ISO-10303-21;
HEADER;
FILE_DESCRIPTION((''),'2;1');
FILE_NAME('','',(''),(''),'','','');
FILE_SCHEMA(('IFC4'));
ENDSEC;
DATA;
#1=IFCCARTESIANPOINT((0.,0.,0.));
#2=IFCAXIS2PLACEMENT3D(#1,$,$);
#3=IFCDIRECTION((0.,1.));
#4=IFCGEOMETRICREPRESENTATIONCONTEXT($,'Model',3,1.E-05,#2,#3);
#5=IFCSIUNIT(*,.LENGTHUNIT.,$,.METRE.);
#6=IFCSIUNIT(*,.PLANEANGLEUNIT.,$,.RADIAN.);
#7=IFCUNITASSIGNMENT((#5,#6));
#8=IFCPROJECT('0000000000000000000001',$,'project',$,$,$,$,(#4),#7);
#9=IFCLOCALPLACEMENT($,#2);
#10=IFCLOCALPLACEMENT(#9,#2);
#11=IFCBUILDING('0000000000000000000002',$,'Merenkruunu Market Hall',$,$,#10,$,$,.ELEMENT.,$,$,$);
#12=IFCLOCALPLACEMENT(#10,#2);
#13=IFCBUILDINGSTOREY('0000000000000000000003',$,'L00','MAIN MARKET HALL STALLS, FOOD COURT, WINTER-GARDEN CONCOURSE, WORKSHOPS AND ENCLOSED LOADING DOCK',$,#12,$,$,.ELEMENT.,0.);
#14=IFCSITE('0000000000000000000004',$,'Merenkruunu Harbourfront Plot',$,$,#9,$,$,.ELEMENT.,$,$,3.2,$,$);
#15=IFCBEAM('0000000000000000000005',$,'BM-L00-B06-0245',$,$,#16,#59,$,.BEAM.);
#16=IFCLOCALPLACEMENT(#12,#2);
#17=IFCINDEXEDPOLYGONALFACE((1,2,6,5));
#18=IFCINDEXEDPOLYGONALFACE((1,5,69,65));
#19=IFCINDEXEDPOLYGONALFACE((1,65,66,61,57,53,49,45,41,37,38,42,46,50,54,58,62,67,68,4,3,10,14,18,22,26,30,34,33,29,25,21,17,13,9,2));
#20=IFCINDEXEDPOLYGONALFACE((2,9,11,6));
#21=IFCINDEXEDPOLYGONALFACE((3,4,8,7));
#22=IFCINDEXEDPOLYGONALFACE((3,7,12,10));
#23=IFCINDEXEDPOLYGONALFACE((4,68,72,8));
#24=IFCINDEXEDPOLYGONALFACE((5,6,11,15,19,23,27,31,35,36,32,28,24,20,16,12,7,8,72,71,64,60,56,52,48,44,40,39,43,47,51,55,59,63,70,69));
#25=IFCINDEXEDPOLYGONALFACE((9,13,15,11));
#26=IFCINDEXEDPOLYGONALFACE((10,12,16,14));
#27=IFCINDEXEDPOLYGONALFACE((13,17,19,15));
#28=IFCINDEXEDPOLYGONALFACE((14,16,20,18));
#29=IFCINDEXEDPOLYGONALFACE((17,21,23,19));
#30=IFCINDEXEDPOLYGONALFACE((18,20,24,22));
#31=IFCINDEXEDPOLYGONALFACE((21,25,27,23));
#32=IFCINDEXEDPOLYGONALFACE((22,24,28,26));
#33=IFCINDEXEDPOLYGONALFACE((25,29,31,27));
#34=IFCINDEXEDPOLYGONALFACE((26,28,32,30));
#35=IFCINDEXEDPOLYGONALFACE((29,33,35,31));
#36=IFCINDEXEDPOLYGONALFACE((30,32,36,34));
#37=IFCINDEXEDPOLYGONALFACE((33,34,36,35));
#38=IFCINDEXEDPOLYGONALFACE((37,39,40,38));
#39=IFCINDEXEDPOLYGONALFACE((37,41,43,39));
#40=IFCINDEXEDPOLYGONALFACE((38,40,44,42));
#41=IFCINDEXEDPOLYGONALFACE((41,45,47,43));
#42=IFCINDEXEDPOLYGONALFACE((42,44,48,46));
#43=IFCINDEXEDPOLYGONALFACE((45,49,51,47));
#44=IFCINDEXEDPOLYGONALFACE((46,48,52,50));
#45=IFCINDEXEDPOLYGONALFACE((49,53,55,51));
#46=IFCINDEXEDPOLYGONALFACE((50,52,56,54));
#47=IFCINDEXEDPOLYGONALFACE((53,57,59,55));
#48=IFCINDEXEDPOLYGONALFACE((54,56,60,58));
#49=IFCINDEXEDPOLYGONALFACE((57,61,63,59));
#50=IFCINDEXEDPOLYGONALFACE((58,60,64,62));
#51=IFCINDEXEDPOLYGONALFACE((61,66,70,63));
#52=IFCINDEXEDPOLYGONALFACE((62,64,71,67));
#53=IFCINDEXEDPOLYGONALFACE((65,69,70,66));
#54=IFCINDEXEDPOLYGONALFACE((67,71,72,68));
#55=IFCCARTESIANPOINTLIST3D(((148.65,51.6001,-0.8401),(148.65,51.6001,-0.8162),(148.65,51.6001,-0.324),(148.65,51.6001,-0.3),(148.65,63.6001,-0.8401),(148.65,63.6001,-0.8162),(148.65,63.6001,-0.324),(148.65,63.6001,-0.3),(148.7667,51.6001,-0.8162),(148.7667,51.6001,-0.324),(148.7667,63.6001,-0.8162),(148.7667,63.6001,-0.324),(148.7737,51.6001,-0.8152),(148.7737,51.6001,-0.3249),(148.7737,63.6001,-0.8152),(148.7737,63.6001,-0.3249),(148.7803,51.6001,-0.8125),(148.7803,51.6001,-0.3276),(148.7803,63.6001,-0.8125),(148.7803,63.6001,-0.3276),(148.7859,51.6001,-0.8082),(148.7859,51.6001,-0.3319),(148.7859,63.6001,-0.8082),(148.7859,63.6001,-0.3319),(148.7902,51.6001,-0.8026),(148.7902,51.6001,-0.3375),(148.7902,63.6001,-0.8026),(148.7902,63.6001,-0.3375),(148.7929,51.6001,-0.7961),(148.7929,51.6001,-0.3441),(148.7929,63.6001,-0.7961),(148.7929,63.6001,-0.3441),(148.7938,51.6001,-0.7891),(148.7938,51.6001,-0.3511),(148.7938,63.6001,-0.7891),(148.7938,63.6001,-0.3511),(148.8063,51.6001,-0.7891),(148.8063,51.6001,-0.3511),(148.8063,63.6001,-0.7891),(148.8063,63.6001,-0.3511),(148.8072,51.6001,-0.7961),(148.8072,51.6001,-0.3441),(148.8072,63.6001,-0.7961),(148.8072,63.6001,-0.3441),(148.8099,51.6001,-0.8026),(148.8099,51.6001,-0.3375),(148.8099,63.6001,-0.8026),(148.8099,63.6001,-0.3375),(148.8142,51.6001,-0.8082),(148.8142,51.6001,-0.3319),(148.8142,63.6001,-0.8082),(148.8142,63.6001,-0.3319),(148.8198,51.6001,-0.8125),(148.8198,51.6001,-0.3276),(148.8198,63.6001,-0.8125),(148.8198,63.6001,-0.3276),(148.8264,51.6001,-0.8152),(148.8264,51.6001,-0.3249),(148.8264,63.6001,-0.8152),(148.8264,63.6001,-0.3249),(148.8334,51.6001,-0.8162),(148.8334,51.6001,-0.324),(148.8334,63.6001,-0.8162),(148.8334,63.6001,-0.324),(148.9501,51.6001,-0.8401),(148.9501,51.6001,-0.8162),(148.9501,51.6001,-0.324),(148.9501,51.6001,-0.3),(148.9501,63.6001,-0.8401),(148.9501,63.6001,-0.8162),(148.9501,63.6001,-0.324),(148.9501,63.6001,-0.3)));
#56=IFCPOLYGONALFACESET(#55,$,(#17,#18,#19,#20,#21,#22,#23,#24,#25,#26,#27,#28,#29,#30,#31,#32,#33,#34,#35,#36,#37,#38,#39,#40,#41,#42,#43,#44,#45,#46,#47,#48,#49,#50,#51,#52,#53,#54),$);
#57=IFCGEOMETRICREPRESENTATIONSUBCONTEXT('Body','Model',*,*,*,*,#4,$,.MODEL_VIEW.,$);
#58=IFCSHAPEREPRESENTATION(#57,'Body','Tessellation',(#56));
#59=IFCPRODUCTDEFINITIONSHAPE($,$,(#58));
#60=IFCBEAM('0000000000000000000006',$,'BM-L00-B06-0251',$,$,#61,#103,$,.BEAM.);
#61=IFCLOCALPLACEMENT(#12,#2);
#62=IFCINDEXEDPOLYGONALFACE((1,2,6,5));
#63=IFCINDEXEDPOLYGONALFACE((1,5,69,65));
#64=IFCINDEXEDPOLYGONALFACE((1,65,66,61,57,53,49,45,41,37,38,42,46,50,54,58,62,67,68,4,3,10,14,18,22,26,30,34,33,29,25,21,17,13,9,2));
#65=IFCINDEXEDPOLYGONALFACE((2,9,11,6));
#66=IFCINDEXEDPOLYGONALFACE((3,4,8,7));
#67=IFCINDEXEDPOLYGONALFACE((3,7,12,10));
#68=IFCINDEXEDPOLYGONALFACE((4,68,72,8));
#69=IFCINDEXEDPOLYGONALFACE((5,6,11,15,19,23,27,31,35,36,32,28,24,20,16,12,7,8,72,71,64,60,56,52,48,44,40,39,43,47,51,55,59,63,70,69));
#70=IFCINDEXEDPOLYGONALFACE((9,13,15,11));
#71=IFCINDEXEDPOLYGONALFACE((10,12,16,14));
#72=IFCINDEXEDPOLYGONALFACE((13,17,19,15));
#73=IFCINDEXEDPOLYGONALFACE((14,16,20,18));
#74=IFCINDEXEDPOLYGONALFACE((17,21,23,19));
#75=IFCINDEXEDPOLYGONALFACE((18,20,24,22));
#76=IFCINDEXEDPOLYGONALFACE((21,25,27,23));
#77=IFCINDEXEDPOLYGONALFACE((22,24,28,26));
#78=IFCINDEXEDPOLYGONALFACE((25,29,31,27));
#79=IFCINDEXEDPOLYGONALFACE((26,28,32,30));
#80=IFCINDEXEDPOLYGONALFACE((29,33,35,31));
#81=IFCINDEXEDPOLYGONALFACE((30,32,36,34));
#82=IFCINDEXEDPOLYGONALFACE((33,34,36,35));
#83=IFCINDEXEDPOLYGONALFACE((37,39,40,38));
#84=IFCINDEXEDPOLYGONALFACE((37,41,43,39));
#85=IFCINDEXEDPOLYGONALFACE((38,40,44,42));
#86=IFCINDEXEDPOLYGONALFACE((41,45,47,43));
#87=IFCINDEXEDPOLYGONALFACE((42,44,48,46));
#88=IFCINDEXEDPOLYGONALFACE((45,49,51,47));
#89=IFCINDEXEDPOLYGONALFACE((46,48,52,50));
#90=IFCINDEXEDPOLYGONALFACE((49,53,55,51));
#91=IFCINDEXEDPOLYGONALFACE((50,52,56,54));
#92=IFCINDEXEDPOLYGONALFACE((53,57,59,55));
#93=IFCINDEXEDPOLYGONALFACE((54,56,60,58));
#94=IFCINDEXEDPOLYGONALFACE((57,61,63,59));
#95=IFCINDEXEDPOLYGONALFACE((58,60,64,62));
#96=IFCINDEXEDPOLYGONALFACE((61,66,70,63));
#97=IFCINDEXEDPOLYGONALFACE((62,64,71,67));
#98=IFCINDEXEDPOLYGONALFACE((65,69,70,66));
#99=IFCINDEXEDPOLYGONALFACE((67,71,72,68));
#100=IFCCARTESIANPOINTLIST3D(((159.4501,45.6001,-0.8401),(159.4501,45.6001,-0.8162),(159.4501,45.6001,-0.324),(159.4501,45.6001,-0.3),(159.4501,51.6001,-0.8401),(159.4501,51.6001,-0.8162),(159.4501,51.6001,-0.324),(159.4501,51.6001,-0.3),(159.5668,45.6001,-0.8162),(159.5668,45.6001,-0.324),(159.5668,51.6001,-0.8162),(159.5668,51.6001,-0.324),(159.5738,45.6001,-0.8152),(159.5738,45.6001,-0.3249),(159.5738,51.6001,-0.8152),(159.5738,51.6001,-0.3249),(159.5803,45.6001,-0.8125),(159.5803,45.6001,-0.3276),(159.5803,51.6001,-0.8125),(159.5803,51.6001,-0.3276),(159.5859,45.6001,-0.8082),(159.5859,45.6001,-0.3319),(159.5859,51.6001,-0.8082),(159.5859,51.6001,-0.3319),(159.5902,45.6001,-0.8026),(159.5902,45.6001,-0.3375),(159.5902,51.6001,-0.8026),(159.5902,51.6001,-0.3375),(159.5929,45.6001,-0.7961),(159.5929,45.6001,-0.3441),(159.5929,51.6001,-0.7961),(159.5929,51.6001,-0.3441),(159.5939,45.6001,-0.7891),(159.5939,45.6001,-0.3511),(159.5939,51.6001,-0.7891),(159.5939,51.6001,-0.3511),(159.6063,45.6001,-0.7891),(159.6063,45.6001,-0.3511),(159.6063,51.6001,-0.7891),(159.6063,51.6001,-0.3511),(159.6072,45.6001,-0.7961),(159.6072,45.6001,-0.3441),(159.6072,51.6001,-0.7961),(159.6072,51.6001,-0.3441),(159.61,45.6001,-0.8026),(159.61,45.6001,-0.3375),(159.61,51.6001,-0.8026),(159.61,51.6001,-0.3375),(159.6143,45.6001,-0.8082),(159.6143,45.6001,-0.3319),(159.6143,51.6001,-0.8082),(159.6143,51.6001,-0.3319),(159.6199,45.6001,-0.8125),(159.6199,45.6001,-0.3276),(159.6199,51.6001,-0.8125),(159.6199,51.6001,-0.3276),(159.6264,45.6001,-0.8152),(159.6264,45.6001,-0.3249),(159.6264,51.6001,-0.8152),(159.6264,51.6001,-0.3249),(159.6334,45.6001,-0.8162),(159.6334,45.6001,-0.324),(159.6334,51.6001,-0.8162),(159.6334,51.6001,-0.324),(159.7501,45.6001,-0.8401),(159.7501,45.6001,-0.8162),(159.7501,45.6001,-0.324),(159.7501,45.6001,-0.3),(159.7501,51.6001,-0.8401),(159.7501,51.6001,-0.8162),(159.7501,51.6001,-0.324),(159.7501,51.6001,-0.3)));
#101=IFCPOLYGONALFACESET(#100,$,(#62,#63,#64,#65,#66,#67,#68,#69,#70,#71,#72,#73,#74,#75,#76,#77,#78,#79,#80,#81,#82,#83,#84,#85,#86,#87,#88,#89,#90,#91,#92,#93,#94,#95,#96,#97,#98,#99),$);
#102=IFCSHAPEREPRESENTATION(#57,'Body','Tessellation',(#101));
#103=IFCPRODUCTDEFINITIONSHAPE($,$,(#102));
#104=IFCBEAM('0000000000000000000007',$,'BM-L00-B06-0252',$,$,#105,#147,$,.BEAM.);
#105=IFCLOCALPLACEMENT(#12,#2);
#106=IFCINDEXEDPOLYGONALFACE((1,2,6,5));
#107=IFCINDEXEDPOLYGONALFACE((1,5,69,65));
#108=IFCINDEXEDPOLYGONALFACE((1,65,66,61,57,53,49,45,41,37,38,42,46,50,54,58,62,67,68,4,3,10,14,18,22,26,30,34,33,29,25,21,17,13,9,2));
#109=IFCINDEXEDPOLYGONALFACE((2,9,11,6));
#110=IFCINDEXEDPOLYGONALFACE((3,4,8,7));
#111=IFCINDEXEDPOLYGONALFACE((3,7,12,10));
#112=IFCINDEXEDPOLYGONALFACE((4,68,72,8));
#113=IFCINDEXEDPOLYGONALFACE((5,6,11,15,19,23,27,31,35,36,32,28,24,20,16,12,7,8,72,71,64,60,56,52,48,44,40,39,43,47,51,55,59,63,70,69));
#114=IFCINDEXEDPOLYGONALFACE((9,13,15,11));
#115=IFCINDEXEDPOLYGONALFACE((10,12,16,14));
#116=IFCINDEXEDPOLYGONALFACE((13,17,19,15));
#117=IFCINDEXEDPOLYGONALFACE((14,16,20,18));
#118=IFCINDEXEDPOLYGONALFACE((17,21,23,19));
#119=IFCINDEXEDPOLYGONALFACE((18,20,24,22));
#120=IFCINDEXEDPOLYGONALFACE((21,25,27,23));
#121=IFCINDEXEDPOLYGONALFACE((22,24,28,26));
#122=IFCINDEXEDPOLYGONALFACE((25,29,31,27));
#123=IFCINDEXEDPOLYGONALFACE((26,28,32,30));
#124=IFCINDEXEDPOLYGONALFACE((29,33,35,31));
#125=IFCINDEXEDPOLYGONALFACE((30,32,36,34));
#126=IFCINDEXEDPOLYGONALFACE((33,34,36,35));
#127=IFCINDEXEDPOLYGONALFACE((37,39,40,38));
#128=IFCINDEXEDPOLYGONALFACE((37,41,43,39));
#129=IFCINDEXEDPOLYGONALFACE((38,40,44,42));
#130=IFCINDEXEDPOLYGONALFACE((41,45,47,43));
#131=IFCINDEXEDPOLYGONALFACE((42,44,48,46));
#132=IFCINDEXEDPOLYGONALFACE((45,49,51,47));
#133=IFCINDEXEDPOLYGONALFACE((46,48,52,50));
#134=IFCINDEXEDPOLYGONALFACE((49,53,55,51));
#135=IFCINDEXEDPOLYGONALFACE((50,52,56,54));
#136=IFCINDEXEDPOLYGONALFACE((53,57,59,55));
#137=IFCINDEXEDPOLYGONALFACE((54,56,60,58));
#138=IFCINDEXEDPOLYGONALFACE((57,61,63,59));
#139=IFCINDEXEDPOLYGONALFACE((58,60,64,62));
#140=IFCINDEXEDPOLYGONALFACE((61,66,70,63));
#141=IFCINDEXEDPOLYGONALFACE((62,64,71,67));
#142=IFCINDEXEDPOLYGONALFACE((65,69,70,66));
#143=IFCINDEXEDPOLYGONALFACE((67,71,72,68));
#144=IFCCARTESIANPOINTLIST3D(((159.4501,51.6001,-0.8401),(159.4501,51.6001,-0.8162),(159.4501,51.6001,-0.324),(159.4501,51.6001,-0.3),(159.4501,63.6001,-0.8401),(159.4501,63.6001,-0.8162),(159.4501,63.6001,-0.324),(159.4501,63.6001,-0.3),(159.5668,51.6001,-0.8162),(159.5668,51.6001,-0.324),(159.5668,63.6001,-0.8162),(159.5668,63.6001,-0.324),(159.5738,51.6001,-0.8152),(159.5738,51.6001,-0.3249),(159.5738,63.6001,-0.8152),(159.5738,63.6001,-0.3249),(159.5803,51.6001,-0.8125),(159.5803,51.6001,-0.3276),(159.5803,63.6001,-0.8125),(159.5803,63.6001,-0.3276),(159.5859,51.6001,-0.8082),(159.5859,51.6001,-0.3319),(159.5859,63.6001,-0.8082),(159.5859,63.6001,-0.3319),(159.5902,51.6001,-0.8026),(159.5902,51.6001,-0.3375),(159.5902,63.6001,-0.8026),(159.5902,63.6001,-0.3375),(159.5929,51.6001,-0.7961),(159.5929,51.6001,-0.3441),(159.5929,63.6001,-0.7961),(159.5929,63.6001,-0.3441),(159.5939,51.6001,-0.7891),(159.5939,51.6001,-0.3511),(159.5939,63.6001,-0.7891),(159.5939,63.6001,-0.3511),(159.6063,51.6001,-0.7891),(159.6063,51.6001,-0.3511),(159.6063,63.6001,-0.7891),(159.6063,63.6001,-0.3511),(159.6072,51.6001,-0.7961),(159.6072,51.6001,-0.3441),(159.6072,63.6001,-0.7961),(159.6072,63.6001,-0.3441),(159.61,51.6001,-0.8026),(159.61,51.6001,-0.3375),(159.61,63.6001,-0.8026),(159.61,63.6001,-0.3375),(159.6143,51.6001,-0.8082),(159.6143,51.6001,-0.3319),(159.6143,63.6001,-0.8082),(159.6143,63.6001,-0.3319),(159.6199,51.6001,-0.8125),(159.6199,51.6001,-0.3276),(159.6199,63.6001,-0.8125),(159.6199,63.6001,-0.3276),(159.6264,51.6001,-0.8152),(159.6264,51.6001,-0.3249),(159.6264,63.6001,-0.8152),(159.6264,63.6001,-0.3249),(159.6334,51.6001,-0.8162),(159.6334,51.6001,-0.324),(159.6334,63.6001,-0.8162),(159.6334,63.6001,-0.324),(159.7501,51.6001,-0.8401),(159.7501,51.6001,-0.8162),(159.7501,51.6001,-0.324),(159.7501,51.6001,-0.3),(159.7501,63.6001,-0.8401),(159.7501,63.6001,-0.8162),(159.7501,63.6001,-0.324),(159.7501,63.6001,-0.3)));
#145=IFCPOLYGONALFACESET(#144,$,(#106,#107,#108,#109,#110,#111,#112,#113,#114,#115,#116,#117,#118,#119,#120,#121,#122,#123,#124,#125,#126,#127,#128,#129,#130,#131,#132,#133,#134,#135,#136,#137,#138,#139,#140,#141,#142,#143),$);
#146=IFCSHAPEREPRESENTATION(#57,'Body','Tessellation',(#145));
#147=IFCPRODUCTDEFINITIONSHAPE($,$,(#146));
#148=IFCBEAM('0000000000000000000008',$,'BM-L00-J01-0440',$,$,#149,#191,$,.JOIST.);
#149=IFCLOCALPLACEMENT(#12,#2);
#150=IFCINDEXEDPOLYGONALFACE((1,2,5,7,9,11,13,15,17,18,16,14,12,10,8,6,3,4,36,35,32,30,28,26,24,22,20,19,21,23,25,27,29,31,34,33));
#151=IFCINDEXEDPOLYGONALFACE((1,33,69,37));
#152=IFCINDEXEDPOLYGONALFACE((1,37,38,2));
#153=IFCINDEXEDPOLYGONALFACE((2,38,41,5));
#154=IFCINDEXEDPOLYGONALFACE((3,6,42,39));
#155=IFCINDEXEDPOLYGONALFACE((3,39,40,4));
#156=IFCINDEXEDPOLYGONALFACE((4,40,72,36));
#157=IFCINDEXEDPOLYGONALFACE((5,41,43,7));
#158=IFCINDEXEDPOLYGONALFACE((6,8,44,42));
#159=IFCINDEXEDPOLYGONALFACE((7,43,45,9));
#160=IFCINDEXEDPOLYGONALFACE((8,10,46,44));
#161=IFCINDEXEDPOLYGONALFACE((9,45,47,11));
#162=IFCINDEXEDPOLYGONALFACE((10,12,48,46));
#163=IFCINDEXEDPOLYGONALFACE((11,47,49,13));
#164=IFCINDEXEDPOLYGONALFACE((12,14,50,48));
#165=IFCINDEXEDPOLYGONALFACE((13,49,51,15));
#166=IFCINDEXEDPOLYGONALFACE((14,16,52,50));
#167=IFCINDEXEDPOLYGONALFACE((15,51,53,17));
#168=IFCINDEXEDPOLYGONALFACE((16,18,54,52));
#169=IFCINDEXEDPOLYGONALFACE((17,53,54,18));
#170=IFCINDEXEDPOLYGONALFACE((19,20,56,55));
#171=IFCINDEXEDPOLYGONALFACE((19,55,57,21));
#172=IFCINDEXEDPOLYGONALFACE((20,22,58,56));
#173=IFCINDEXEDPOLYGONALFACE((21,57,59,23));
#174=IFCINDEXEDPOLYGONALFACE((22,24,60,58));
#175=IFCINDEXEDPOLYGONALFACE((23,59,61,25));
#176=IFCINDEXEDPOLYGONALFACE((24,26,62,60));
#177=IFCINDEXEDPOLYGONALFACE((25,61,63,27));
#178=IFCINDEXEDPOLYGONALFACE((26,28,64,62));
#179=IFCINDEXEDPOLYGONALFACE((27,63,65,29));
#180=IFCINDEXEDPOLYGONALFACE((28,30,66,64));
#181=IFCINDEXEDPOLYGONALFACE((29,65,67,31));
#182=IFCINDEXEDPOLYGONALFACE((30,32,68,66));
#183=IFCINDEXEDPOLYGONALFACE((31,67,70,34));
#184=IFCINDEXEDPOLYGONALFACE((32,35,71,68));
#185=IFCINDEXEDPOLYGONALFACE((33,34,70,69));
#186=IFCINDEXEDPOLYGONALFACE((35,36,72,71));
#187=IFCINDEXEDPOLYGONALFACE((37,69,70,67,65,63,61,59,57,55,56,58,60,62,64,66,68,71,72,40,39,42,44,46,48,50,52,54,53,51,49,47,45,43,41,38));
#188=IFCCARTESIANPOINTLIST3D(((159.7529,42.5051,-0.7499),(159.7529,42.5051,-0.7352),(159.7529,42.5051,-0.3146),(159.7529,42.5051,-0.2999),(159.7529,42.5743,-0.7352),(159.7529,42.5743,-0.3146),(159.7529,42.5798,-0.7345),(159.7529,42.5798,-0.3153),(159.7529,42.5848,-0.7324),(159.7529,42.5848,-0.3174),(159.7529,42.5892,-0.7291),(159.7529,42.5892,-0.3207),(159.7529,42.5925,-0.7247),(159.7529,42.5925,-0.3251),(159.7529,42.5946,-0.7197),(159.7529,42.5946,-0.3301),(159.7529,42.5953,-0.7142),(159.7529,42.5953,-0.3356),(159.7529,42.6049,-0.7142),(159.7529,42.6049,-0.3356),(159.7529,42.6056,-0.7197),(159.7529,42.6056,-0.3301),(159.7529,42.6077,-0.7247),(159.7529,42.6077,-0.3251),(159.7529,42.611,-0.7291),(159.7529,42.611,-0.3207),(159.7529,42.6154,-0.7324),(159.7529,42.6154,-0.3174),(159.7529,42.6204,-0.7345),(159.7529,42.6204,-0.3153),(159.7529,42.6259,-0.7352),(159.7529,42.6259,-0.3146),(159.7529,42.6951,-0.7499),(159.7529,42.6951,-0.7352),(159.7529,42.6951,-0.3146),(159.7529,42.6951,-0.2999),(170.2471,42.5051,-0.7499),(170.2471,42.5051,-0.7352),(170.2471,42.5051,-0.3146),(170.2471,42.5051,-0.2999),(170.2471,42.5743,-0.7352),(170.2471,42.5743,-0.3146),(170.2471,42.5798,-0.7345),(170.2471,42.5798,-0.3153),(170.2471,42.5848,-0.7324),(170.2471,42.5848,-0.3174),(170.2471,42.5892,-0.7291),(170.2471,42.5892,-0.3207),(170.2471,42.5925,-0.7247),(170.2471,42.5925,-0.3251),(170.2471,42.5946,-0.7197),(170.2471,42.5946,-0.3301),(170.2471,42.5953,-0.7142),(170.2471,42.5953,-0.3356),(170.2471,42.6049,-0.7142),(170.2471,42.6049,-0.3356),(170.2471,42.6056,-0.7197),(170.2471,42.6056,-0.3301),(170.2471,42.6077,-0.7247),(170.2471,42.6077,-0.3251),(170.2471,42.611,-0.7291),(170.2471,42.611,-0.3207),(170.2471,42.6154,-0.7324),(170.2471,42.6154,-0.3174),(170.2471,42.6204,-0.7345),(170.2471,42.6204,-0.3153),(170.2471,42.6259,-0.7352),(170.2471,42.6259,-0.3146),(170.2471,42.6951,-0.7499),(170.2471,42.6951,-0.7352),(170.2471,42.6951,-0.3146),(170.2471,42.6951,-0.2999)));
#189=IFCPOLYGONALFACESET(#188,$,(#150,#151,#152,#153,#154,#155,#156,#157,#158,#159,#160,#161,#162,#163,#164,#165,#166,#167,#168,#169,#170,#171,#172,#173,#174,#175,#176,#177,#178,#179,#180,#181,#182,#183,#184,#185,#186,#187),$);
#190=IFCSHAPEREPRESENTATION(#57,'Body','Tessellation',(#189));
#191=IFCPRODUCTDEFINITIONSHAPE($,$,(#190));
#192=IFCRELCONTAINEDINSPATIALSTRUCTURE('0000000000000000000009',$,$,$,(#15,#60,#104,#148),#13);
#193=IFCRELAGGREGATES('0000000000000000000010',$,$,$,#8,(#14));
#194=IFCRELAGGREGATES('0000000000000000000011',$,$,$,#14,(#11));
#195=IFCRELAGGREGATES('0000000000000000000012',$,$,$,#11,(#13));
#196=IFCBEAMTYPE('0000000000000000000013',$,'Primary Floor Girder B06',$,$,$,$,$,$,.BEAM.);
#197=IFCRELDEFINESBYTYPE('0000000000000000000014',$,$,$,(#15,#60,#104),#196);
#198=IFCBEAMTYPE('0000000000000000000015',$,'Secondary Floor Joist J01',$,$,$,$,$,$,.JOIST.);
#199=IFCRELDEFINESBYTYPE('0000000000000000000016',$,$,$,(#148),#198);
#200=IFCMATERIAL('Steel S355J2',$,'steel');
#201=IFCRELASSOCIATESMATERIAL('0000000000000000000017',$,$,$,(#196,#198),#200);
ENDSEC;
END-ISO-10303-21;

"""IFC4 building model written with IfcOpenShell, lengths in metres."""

from ifc_helpers import new_model, si_unit, direction, frame, origin, origin_2d, place, context, subcontext, project, spatial, i_section, extrude, material, material_profile, profile_set, type_object, element, save


model = new_model("IFC4")

# Units and contexts
model_context = context("Model", 3, precision=1e-05, world=origin(), true_north=direction((0.0, 1.0)))
body_context = subcontext(model_context, "Body", "Model", "MODEL_VIEW")
ifc_project = project(units=[si_unit("LENGTHUNIT", "METRE"), si_unit("PLANEANGLEUNIT", "RADIAN")], contexts=[model_context])

# Site, building, storey
site_placement = place(None, origin())
site = spatial("IfcSite", under=ifc_project, at=site_placement, Name="Merenkruunu Harbourfront Plot", CompositionType="ELEMENT", RefElevation=3.2)
building_placement = place(site_placement, origin())
building = spatial("IfcBuilding", under=site, at=building_placement, Name="Merenkruunu Market Hall", CompositionType="ELEMENT")
storey_placement = place(building_placement, origin())
storey = spatial("IfcBuildingStorey", under=building, at=storey_placement, Name="L00", Description="MAIN MARKET HALL STALLS, FOOD COURT, WINTER-GARDEN CONCOURSE, WORKSHOPS AND ENCLOSED LOADING DOCK", CompositionType="ELEMENT", Elevation=0.0)

# Shared definitions
ifc_material_1 = material(Name="Steel S355J2", Category="steel")

# Beams
ifc_material_profile_1 = material_profile(ifc_material_1, i_section(OverallWidth=0.3, OverallDepth=0.54, WebThickness=0.0125, FlangeThickness=0.0239, FilletRadius=0.0271, at=origin_2d()), Name="HEA 550")
ifc_profile_set_1 = profile_set([ifc_material_profile_1], Name="Steel S355J2")
beam_type_1 = type_object("IfcBeamType", Name="Primary Floor Girder B06", PredefinedType="BEAM", material=ifc_profile_set_1)
beam_1_placement = place(storey_placement, frame((148.8, 51.6001, -0.5701), z_axis=(0.0, 1.0, 0.0), x_axis=(-1.0, 0.0, 0.0)))
element("IfcBeam", 1, at=beam_1_placement, inside=storey, type_object=beam_type_1, Name="BM-L00-B06-0245", PredefinedType="BEAM", context=body_context, shape_type="SweptSolid", body=[
    extrude(i_section(OverallWidth=0.3, OverallDepth=0.54, WebThickness=0.0125, FlangeThickness=0.0239, FilletRadius=0.0271, at=origin_2d()), origin(), (0.0, 0.0, 1.0), 12.0),
])
beam_2_placement = place(storey_placement, frame((159.6001, 45.6001, -0.5701), z_axis=(0.0, 1.0, 0.0), x_axis=(-1.0, 0.0, 0.0)))
element("IfcBeam", 2, at=beam_2_placement, inside=storey, type_object=beam_type_1, Name="BM-L00-B06-0251", PredefinedType="BEAM", context=body_context, shape_type="SweptSolid", body=[
    extrude(i_section(OverallWidth=0.3, OverallDepth=0.54, WebThickness=0.0125, FlangeThickness=0.0239, FilletRadius=0.0271, at=origin_2d()), origin(), (0.0, 0.0, 1.0), 6.0),
])
beam_3_placement = place(storey_placement, frame((159.6001, 51.6001, -0.5701), z_axis=(0.0, 1.0, 0.0), x_axis=(-1.0, 0.0, 0.0)))
element("IfcBeam", 3, at=beam_3_placement, inside=storey, type_object=beam_type_1, Name="BM-L00-B06-0252", PredefinedType="BEAM", context=body_context, shape_type="SweptSolid", body=[
    extrude(i_section(OverallWidth=0.3, OverallDepth=0.54, WebThickness=0.0125, FlangeThickness=0.0239, FilletRadius=0.0271, at=origin_2d()), origin(), (0.0, 0.0, 1.0), 12.0),
])
ifc_material_profile_2 = material_profile(ifc_material_1, i_section(OverallWidth=0.1899, OverallDepth=0.45, WebThickness=0.0095, FlangeThickness=0.0146, FilletRadius=0.021, at=origin_2d()), Name="IPE 450")
ifc_profile_set_2 = profile_set([ifc_material_profile_2], Name="Steel S355J2")
beam_type_2 = type_object("IfcBeamType", Name="Secondary Floor Joist J01", PredefinedType="JOIST", material=ifc_profile_set_2)
for number, where, z_axis, x_axis, name in (
    (4, (159.7529, 42.6001, -0.5249), (1.0, 0.0, 0.0), (0.0, 1.0, 0.0), "BM-L00-J01-0440"),
):
    element("IfcBeam", number, at=place(storey_placement, frame(where, z_axis=z_axis, x_axis=x_axis)), inside=storey, type_object=beam_type_2, Name=name, PredefinedType="JOIST", context=body_context, shape_type="SweptSolid", body=[
        extrude(i_section(OverallWidth=0.1899, OverallDepth=0.45, WebThickness=0.0095, FlangeThickness=0.0146, FilletRadius=0.021, at=origin_2d()), origin(), (0.0, 0.0, 1.0), 10.4941),
    ])

save(model, "model.ifc")
